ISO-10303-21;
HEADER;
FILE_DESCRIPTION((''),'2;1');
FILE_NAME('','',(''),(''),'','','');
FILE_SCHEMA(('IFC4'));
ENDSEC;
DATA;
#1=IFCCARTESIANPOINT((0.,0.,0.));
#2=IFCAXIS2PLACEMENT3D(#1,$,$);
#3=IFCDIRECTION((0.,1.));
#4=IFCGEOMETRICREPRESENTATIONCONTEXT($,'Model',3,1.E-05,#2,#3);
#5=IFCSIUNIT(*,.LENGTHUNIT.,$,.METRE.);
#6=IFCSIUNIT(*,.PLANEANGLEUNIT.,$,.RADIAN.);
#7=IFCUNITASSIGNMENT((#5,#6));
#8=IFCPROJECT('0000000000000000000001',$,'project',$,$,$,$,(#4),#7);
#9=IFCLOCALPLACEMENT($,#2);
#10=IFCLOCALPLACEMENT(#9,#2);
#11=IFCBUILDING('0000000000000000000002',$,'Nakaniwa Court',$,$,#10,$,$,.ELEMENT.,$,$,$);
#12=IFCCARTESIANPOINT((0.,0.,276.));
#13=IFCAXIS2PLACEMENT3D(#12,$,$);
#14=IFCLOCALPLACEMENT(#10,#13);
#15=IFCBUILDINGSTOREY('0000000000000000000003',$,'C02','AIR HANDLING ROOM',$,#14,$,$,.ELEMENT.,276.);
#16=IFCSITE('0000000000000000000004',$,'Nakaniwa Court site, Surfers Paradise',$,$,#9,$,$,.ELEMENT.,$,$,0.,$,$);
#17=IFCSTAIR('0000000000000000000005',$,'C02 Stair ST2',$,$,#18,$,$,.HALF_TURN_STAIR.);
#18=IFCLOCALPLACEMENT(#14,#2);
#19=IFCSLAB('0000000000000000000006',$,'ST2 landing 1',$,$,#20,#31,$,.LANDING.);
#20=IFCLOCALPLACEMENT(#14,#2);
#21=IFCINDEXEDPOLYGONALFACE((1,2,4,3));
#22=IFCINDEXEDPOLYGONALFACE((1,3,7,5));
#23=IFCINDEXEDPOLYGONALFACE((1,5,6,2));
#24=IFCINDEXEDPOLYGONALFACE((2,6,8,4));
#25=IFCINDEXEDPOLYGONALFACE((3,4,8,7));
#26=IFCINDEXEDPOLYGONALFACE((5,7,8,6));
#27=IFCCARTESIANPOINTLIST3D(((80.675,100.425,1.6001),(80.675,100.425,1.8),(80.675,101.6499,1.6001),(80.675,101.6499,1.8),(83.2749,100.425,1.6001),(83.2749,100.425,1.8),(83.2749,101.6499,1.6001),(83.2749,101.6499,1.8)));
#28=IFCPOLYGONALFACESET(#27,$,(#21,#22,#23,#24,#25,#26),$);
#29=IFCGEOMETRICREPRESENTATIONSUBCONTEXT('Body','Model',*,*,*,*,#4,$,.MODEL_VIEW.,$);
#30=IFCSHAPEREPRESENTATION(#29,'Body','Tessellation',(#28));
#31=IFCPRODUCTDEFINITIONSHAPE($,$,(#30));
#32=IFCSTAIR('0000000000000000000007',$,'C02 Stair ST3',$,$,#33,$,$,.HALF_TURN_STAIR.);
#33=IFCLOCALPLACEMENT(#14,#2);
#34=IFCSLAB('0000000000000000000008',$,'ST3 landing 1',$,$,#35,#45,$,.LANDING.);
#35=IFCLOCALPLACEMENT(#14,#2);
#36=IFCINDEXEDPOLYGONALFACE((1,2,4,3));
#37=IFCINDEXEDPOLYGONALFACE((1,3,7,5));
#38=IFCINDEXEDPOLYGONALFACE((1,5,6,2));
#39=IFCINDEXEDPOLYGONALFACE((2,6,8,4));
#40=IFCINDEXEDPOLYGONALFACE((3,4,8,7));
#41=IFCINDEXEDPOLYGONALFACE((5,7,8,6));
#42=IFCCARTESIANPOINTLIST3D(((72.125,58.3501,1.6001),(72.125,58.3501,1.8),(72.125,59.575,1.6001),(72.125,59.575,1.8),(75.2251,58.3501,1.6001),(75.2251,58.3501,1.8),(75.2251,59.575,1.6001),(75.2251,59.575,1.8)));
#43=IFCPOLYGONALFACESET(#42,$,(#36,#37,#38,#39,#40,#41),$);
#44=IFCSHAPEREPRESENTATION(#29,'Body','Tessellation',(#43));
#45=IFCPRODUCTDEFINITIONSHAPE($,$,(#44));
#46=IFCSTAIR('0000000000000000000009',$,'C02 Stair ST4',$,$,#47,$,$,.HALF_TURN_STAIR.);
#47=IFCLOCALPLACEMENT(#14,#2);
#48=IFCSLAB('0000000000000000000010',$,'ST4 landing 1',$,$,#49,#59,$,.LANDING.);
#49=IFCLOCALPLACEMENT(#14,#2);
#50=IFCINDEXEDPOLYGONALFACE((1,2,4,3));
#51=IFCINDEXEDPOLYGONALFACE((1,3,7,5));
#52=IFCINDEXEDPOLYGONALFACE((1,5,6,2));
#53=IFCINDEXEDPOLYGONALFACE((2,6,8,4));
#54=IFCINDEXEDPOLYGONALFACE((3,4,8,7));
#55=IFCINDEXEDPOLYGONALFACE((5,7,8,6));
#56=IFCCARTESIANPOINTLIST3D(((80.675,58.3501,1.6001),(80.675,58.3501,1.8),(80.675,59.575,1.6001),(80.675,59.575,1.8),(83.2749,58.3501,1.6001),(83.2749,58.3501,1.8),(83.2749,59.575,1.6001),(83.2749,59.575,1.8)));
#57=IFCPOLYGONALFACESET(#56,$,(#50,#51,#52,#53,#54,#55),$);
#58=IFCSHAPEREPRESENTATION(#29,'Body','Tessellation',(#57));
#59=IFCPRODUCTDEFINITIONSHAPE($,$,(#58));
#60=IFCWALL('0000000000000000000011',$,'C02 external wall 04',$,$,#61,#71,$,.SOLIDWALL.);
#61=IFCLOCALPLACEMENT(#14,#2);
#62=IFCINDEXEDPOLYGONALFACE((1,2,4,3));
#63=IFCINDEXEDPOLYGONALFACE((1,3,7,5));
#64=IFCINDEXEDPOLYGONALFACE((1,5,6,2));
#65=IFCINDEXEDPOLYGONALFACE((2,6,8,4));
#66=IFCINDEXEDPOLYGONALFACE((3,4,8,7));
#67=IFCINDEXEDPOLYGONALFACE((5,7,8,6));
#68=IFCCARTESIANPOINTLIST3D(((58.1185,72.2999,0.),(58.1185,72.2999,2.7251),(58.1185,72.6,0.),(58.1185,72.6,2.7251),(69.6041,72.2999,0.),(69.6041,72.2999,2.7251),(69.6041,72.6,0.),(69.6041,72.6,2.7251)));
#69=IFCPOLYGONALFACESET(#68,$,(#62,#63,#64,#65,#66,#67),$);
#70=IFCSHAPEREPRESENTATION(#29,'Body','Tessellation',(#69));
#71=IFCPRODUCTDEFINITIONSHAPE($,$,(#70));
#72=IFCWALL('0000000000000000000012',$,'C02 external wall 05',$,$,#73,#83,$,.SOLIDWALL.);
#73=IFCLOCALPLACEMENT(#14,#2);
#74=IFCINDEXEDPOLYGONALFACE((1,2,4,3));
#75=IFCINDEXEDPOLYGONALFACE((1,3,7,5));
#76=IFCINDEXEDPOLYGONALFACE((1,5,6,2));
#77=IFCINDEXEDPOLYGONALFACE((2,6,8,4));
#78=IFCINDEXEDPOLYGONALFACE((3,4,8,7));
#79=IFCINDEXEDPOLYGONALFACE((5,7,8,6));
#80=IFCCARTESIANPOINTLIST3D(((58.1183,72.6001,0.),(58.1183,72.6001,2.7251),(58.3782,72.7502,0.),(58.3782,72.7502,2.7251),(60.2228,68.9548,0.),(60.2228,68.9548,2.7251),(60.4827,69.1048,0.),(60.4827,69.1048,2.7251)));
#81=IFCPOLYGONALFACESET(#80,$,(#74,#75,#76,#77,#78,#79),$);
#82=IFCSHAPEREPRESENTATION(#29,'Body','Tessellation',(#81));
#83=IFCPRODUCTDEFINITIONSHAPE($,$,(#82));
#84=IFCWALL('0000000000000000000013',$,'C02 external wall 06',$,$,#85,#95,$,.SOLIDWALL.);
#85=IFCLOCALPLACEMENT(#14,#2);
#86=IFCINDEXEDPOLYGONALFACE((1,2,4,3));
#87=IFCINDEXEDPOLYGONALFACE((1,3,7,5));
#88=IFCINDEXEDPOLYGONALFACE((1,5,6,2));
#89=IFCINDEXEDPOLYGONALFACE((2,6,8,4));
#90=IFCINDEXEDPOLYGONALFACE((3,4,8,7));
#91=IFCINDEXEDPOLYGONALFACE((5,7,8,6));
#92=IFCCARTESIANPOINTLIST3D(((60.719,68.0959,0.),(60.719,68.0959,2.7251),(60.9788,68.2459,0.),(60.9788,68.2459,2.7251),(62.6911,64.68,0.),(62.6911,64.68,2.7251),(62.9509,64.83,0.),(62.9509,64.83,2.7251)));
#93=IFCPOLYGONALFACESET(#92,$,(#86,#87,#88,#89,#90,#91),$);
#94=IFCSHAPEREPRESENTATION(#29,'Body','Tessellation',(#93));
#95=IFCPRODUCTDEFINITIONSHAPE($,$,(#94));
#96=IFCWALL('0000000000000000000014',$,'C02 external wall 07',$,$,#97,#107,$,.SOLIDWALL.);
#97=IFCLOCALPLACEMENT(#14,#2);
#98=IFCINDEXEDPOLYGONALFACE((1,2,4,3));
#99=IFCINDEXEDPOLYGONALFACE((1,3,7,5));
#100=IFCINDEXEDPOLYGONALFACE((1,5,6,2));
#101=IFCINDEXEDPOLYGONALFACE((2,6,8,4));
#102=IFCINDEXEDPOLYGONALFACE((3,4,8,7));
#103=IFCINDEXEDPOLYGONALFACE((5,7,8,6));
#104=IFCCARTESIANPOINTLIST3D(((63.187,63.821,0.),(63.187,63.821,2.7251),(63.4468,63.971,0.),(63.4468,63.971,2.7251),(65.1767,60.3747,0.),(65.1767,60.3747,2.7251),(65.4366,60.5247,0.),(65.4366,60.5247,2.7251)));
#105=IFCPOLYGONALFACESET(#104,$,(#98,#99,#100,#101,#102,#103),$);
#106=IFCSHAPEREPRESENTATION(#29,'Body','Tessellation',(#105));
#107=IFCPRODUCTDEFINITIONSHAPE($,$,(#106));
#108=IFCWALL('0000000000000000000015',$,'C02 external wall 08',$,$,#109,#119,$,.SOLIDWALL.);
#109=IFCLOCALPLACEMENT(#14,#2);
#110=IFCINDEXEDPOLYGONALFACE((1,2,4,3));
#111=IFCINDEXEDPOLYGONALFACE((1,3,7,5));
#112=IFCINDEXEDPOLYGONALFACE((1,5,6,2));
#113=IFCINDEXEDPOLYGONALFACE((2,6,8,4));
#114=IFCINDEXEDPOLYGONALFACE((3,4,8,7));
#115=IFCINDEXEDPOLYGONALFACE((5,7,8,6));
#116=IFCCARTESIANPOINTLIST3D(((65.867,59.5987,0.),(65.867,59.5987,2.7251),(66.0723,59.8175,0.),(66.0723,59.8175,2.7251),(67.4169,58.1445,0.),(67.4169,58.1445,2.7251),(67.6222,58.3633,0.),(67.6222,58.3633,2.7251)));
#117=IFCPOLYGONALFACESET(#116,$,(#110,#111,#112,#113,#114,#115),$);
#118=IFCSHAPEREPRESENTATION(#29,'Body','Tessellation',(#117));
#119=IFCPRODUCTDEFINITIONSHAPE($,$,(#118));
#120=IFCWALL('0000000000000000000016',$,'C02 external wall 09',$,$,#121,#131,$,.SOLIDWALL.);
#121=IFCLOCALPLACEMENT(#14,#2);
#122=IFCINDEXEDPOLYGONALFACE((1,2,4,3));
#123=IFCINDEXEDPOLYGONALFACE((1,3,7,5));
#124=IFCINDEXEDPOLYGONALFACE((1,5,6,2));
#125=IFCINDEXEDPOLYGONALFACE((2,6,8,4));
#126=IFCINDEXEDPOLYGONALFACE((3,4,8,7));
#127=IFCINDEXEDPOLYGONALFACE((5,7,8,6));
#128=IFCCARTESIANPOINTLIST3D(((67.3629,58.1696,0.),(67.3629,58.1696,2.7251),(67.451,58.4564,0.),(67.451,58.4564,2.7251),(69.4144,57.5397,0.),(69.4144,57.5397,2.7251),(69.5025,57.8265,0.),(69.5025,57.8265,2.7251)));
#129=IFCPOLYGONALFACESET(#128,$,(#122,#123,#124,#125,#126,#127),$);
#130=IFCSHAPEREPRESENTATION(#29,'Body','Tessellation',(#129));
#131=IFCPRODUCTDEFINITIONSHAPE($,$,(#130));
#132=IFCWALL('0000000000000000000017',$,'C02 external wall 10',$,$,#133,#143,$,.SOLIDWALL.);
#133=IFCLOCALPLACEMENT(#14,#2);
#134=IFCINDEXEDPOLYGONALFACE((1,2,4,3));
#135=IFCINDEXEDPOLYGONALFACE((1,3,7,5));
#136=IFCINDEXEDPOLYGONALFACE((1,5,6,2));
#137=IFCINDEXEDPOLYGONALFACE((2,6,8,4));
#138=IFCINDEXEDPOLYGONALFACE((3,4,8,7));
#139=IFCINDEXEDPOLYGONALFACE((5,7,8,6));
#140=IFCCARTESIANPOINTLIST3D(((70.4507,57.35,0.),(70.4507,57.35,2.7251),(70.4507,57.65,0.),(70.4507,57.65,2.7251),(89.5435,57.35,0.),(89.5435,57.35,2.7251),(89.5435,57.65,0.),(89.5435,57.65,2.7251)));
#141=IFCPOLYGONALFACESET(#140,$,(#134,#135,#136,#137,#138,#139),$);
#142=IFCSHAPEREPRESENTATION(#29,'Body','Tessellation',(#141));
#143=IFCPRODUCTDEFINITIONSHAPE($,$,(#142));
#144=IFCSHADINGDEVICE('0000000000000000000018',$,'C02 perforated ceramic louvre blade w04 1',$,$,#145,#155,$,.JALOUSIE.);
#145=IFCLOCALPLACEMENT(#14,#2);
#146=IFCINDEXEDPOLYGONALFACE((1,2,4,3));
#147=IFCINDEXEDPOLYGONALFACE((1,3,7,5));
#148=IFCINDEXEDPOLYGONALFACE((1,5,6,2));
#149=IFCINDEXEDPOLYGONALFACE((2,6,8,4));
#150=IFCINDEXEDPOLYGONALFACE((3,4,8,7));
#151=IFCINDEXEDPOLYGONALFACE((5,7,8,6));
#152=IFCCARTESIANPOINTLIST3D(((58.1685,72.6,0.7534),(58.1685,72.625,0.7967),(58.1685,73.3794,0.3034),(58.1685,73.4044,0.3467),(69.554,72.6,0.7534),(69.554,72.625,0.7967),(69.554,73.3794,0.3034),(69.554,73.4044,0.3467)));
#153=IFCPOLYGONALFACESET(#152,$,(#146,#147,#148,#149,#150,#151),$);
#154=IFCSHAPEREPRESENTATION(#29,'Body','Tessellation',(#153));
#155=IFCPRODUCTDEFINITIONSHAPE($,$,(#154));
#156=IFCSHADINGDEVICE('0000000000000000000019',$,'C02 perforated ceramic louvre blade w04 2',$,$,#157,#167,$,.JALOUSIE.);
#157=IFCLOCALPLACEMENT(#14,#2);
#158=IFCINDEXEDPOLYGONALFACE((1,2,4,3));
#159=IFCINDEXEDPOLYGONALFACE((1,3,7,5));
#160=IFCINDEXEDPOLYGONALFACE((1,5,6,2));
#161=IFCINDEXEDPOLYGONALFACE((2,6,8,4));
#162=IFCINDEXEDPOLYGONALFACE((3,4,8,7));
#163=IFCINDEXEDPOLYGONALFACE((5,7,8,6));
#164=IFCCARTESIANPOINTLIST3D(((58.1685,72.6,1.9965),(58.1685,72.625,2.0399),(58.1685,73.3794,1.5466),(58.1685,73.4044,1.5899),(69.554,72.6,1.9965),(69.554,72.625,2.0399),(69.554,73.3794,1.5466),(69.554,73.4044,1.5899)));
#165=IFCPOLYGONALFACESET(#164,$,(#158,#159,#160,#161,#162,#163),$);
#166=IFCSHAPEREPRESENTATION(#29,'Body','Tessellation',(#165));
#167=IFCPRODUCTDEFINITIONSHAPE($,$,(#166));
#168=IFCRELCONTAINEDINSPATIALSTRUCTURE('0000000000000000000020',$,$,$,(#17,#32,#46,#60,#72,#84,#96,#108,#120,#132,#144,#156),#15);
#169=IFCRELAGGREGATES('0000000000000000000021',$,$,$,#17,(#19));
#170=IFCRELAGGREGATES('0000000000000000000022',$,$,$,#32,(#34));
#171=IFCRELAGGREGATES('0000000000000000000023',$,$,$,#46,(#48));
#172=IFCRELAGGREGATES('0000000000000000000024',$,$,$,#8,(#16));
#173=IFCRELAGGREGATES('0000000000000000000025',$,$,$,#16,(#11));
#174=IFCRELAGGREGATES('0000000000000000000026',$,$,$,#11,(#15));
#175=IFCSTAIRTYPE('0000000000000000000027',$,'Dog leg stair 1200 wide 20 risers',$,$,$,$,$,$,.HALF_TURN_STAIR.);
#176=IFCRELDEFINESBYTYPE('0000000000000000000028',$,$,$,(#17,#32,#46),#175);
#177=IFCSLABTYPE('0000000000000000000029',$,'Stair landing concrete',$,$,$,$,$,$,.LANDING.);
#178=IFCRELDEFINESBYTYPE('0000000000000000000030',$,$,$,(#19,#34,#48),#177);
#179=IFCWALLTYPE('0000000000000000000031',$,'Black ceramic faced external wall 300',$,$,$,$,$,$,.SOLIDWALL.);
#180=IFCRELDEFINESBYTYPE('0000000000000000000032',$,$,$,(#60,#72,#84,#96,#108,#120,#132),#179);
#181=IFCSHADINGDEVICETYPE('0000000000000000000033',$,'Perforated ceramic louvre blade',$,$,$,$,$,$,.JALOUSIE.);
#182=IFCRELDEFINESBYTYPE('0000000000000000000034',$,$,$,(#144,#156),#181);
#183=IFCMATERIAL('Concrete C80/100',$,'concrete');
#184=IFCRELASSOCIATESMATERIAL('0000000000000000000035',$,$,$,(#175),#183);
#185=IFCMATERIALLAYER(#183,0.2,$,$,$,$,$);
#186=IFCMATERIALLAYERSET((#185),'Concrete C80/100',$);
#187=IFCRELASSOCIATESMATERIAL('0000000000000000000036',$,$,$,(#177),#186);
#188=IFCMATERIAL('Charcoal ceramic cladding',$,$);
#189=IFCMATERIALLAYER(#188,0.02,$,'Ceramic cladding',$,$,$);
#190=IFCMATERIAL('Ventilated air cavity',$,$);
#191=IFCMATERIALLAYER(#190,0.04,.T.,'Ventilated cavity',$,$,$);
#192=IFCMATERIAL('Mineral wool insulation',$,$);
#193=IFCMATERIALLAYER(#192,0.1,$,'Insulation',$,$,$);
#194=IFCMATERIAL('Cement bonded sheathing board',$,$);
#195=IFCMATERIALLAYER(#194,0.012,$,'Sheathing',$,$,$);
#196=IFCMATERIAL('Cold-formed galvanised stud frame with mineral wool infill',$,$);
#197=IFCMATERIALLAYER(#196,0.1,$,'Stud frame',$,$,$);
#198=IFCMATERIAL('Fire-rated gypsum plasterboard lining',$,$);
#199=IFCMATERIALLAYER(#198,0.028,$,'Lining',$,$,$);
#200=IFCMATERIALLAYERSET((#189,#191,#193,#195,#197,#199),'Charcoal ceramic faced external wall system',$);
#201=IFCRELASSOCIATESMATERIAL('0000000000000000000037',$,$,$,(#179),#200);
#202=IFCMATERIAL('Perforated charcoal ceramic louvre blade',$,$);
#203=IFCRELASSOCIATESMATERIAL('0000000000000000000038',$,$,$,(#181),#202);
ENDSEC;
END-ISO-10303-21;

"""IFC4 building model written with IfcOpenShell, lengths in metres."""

from ifc_helpers import new_model, si_unit, direction, frame, frame_2d, origin, origin_2d, place, context, subcontext, project, spatial, polyline, rectangle, outline, extrude, material, layer, layer_set, material_profile, profile_set, type_object, element, aggregate, save


model = new_model("IFC4")

# Units and contexts
model_context = context("Model", 3, precision=1e-05, world=origin(), true_north=direction((0.0, 1.0)))
body_context = subcontext(model_context, "Body", "Model", "MODEL_VIEW")
ifc_project = project(units=[si_unit("LENGTHUNIT", "METRE"), si_unit("PLANEANGLEUNIT", "RADIAN")], contexts=[model_context])

# Site, building, storey
site_placement = place(None, origin())
site = spatial("IfcSite", under=ifc_project, at=site_placement, Name="Nakaniwa Court site, Surfers Paradise", CompositionType="ELEMENT", RefElevation=0.0)
building_placement = place(site_placement, origin())
building = spatial("IfcBuilding", under=site, at=building_placement, Name="Nakaniwa Court", CompositionType="ELEMENT")
storey_placement = place(building_placement, frame((0.0, 0.0, 276.0)))
storey = spatial("IfcBuildingStorey", under=building, at=storey_placement, Name="C02", Description="AIR HANDLING ROOM", CompositionType="ELEMENT", Elevation=276.0)

# Shared definitions
ifc_material_1 = material(Name="Concrete C80/100", Category="concrete")

# Stairs, slabs
stair_type = type_object("IfcStairType", Name="Dog leg stair 1200 wide 20 risers", PredefinedType="HALF_TURN_STAIR", material=ifc_material_1)
ifc_layer_1 = layer(ifc_material_1, 0.2)
ifc_layer_set_1 = layer_set([ifc_layer_1], Name="Concrete C80/100")
slab_type_1 = type_object("IfcSlabType", Name="Stair landing concrete", PredefinedType="LANDING", material=ifc_layer_set_1)
stair_1_placement = place(storey_placement, origin())
stair_1 = element("IfcStair", 1, at=stair_1_placement, inside=storey, type_object=stair_type, Name="C02 Stair ST2", PredefinedType="HALF_TURN_STAIR")
slab_1_placement = place(storey_placement, frame((0.0, 0.0, 1.6001)))
slab_1 = element("IfcSlab", 2, at=slab_1_placement, type_object=slab_type_1, Name="ST2 landing 1", PredefinedType="LANDING", context=body_context, shape_type="SweptSolid", body=[
    extrude(outline(polyline([(83.2749, 100.425), (83.2749, 101.6499), (80.675, 101.6499), (80.675, 100.425), (83.2749, 100.425)])), origin(), (0.0, 0.0, 1.0), 0.2),
])
aggregate(stair_1, [slab_1])
stair_2_placement = place(storey_placement, origin())
stair_2 = element("IfcStair", 3, at=stair_2_placement, inside=storey, type_object=stair_type, Name="C02 Stair ST3", PredefinedType="HALF_TURN_STAIR")
slab_2_placement = place(storey_placement, frame((0.0, 0.0, 1.6001)))
slab_2 = element("IfcSlab", 4, at=slab_2_placement, type_object=slab_type_1, Name="ST3 landing 1", PredefinedType="LANDING", context=body_context, shape_type="SweptSolid", body=[
    extrude(outline(polyline([(75.2251, 58.3501), (75.2251, 59.575), (72.125, 59.575), (72.125, 58.3501), (75.2251, 58.3501)])), origin(), (0.0, 0.0, 1.0), 0.2),
])
aggregate(stair_2, [slab_2])
stair_3_placement = place(storey_placement, origin())
stair_3 = element("IfcStair", 5, at=stair_3_placement, inside=storey, type_object=stair_type, Name="C02 Stair ST4", PredefinedType="HALF_TURN_STAIR")
slab_3_placement = place(storey_placement, frame((0.0, 0.0, 1.6001)))
slab_3 = element("IfcSlab", 6, at=slab_3_placement, type_object=slab_type_1, Name="ST4 landing 1", PredefinedType="LANDING", context=body_context, shape_type="SweptSolid", body=[
    extrude(outline(polyline([(83.2749, 58.3501), (83.2749, 59.575), (80.675, 59.575), (80.675, 58.3501), (83.2749, 58.3501)])), origin(), (0.0, 0.0, 1.0), 0.2),
])
aggregate(stair_3, [slab_3])

# Walls
ifc_material_2 = material(Name="Charcoal ceramic cladding")
ifc_layer_2 = layer(ifc_material_2, 0.02, Name="Ceramic cladding")
ifc_material_3 = material(Name="Ventilated air cavity")
ifc_layer_3 = layer(ifc_material_3, 0.04, ventilated=True, Name="Ventilated cavity")
ifc_material_4 = material(Name="Mineral wool insulation")
ifc_layer_4 = layer(ifc_material_4, 0.1, Name="Insulation")
ifc_material_5 = material(Name="Cement bonded sheathing board")
ifc_layer_5 = layer(ifc_material_5, 0.012, Name="Sheathing")
ifc_material_6 = material(Name="Cold-formed galvanised stud frame with mineral wool infill")
ifc_layer_6 = layer(ifc_material_6, 0.1, Name="Stud frame")
ifc_material_7 = material(Name="Fire-rated gypsum plasterboard lining")
ifc_layer_7 = layer(ifc_material_7, 0.028, Name="Lining")
ifc_layer_set_2 = layer_set([ifc_layer_2, ifc_layer_3, ifc_layer_4, ifc_layer_5, ifc_layer_6, ifc_layer_7], Name="Charcoal ceramic faced external wall system")
wall_type = type_object("IfcWallType", Name="Black ceramic faced external wall 300", PredefinedType="SOLIDWALL", material=ifc_layer_set_2)
wall_1_placement = place(storey_placement, frame((69.604, 72.45, 0.0), z_axis=(0.0, 0.0, 1.0), x_axis=(-1.0, 0.0, 0.0)))
element("IfcWall", 7, at=wall_1_placement, inside=storey, type_object=wall_type, Name="C02 external wall 04", PredefinedType="SOLIDWALL", context=body_context, shape_type="SweptSolid", body=[
    extrude(rectangle(XDim=11.4856, YDim=0.3, at=frame_2d((5.7427, 0.0))), origin(), (0.0, 0.0, 1.0), 2.7251),
])
wall_2_placement = place(storey_placement, frame((58.2483, 72.675, 0.0), z_axis=(0.0, 0.0, 1.0), x_axis=(0.499982, -0.866036, 0.0)))
element("IfcWall", 8, at=wall_2_placement, inside=storey, type_object=wall_type, Name="C02 external wall 05", PredefinedType="SOLIDWALL", context=body_context, shape_type="SweptSolid", body=[
    extrude(rectangle(XDim=4.2092, YDim=0.3, at=frame_2d((2.1045, 0.0))), origin(), (0.0, 0.0, 1.0), 2.7251),
])
wall_3_placement = place(storey_placement, frame((60.8489, 68.1709, 0.0), z_axis=(0.0, 0.0, 1.0), x_axis=(0.499987, -0.866033, 0.0)))
element("IfcWall", 9, at=wall_3_placement, inside=storey, type_object=wall_type, Name="C02 external wall 06", PredefinedType="SOLIDWALL", context=body_context, shape_type="SweptSolid", body=[
    extrude(rectangle(XDim=3.9443, YDim=0.3, at=frame_2d((1.9722, 0.0))), origin(), (0.0, 0.0, 1.0), 2.7251),
])
wall_4_placement = place(storey_placement, frame((63.3169, 63.896, 0.0), z_axis=(0.0, 0.0, 1.0), x_axis=(0.500006, -0.866022, 0.0)))
element("IfcWall", 10, at=wall_4_placement, inside=storey, type_object=wall_type, Name="C02 external wall 07", PredefinedType="SOLIDWALL", context=body_context, shape_type="SweptSolid", body=[
    extrude(rectangle(XDim=3.9795, YDim=0.3, at=frame_2d((1.9897, 0.0))), origin(), (0.0, 0.0, 1.0), 2.7251),
])
wall_5_placement = place(storey_placement, frame((65.9697, 59.708, 0.0), z_axis=(0.0, 0.0, 1.0), x_axis=(0.729265, -0.684232, 0.0)))
element("IfcWall", 11, at=wall_5_placement, inside=storey, type_object=wall_type, Name="C02 external wall 08", PredefinedType="SOLIDWALL", context=body_context, shape_type="SweptSolid", body=[
    extrude(rectangle(XDim=2.1252, YDim=0.3, at=frame_2d((1.0625, 0.0))), origin(), (0.0, 0.0, 1.0), 2.7251),
])
wall_6_placement = place(storey_placement, frame((67.407, 58.313, 0.0), z_axis=(0.0, 0.0, 1.0), x_axis=(0.955956, -0.29351, 0.0)))
element("IfcWall", 12, at=wall_6_placement, inside=storey, type_object=wall_type, Name="C02 external wall 09", PredefinedType="SOLIDWALL", context=body_context, shape_type="SweptSolid", body=[
    extrude(rectangle(XDim=2.146, YDim=0.3, at=frame_2d((1.073, 0.0))), origin(), (0.0, 0.0, 1.0), 2.7251),
])
wall_7_placement = place(storey_placement, frame((70.4507, 57.5, 0.0), z_axis=(0.0, 0.0, 1.0), x_axis=(1.0, 0.0, 0.0)))
element("IfcWall", 13, at=wall_7_placement, inside=storey, type_object=wall_type, Name="C02 external wall 10", PredefinedType="SOLIDWALL", context=body_context, shape_type="SweptSolid", body=[
    extrude(rectangle(XDim=19.0928, YDim=0.3, at=frame_2d((9.5464, 0.0))), origin(), (0.0, 0.0, 1.0), 2.7251),
])

# Shading devices
ifc_material_8 = material(Name="Perforated charcoal ceramic louvre blade")
ifc_material_profile_1 = material_profile(ifc_material_8, rectangle(XDim=0.8999, YDim=0.05, at=origin_2d()), Name="Perforated ceramic louvre blade")
ifc_profile_set_1 = profile_set([ifc_material_profile_1], Name="Perforated charcoal ceramic louvre blade")
shading_device_type = type_object("IfcShadingDeviceType", Name="Perforated ceramic louvre blade", PredefinedType="JALOUSIE", material=ifc_profile_set_1)
for number, where, z_axis, x_axis, name in (
    (14, (69.554, 73.0022, 0.55), (-1.0, 0.0, 0.0), (0.0, -0.866025, 0.5), "C02 perforated ceramic louvre blade w04 1"),
    (15, (69.554, 73.0022, 1.7932), (-1.0, 0.0, 0.0), (0.0, -0.866025, 0.5), "C02 perforated ceramic louvre blade w04 2"),
):
    element("IfcShadingDevice", number, at=place(storey_placement, frame(where, z_axis=z_axis, x_axis=x_axis)), inside=storey, type_object=shading_device_type, Name=name, PredefinedType="JALOUSIE", context=body_context, shape_type="SweptSolid", body=[
        extrude(rectangle(XDim=0.8999, YDim=0.05, at=origin_2d()), origin(), (0.0, 0.0, 1.0), 11.3855),
    ])

save(model, "model.ifc")
